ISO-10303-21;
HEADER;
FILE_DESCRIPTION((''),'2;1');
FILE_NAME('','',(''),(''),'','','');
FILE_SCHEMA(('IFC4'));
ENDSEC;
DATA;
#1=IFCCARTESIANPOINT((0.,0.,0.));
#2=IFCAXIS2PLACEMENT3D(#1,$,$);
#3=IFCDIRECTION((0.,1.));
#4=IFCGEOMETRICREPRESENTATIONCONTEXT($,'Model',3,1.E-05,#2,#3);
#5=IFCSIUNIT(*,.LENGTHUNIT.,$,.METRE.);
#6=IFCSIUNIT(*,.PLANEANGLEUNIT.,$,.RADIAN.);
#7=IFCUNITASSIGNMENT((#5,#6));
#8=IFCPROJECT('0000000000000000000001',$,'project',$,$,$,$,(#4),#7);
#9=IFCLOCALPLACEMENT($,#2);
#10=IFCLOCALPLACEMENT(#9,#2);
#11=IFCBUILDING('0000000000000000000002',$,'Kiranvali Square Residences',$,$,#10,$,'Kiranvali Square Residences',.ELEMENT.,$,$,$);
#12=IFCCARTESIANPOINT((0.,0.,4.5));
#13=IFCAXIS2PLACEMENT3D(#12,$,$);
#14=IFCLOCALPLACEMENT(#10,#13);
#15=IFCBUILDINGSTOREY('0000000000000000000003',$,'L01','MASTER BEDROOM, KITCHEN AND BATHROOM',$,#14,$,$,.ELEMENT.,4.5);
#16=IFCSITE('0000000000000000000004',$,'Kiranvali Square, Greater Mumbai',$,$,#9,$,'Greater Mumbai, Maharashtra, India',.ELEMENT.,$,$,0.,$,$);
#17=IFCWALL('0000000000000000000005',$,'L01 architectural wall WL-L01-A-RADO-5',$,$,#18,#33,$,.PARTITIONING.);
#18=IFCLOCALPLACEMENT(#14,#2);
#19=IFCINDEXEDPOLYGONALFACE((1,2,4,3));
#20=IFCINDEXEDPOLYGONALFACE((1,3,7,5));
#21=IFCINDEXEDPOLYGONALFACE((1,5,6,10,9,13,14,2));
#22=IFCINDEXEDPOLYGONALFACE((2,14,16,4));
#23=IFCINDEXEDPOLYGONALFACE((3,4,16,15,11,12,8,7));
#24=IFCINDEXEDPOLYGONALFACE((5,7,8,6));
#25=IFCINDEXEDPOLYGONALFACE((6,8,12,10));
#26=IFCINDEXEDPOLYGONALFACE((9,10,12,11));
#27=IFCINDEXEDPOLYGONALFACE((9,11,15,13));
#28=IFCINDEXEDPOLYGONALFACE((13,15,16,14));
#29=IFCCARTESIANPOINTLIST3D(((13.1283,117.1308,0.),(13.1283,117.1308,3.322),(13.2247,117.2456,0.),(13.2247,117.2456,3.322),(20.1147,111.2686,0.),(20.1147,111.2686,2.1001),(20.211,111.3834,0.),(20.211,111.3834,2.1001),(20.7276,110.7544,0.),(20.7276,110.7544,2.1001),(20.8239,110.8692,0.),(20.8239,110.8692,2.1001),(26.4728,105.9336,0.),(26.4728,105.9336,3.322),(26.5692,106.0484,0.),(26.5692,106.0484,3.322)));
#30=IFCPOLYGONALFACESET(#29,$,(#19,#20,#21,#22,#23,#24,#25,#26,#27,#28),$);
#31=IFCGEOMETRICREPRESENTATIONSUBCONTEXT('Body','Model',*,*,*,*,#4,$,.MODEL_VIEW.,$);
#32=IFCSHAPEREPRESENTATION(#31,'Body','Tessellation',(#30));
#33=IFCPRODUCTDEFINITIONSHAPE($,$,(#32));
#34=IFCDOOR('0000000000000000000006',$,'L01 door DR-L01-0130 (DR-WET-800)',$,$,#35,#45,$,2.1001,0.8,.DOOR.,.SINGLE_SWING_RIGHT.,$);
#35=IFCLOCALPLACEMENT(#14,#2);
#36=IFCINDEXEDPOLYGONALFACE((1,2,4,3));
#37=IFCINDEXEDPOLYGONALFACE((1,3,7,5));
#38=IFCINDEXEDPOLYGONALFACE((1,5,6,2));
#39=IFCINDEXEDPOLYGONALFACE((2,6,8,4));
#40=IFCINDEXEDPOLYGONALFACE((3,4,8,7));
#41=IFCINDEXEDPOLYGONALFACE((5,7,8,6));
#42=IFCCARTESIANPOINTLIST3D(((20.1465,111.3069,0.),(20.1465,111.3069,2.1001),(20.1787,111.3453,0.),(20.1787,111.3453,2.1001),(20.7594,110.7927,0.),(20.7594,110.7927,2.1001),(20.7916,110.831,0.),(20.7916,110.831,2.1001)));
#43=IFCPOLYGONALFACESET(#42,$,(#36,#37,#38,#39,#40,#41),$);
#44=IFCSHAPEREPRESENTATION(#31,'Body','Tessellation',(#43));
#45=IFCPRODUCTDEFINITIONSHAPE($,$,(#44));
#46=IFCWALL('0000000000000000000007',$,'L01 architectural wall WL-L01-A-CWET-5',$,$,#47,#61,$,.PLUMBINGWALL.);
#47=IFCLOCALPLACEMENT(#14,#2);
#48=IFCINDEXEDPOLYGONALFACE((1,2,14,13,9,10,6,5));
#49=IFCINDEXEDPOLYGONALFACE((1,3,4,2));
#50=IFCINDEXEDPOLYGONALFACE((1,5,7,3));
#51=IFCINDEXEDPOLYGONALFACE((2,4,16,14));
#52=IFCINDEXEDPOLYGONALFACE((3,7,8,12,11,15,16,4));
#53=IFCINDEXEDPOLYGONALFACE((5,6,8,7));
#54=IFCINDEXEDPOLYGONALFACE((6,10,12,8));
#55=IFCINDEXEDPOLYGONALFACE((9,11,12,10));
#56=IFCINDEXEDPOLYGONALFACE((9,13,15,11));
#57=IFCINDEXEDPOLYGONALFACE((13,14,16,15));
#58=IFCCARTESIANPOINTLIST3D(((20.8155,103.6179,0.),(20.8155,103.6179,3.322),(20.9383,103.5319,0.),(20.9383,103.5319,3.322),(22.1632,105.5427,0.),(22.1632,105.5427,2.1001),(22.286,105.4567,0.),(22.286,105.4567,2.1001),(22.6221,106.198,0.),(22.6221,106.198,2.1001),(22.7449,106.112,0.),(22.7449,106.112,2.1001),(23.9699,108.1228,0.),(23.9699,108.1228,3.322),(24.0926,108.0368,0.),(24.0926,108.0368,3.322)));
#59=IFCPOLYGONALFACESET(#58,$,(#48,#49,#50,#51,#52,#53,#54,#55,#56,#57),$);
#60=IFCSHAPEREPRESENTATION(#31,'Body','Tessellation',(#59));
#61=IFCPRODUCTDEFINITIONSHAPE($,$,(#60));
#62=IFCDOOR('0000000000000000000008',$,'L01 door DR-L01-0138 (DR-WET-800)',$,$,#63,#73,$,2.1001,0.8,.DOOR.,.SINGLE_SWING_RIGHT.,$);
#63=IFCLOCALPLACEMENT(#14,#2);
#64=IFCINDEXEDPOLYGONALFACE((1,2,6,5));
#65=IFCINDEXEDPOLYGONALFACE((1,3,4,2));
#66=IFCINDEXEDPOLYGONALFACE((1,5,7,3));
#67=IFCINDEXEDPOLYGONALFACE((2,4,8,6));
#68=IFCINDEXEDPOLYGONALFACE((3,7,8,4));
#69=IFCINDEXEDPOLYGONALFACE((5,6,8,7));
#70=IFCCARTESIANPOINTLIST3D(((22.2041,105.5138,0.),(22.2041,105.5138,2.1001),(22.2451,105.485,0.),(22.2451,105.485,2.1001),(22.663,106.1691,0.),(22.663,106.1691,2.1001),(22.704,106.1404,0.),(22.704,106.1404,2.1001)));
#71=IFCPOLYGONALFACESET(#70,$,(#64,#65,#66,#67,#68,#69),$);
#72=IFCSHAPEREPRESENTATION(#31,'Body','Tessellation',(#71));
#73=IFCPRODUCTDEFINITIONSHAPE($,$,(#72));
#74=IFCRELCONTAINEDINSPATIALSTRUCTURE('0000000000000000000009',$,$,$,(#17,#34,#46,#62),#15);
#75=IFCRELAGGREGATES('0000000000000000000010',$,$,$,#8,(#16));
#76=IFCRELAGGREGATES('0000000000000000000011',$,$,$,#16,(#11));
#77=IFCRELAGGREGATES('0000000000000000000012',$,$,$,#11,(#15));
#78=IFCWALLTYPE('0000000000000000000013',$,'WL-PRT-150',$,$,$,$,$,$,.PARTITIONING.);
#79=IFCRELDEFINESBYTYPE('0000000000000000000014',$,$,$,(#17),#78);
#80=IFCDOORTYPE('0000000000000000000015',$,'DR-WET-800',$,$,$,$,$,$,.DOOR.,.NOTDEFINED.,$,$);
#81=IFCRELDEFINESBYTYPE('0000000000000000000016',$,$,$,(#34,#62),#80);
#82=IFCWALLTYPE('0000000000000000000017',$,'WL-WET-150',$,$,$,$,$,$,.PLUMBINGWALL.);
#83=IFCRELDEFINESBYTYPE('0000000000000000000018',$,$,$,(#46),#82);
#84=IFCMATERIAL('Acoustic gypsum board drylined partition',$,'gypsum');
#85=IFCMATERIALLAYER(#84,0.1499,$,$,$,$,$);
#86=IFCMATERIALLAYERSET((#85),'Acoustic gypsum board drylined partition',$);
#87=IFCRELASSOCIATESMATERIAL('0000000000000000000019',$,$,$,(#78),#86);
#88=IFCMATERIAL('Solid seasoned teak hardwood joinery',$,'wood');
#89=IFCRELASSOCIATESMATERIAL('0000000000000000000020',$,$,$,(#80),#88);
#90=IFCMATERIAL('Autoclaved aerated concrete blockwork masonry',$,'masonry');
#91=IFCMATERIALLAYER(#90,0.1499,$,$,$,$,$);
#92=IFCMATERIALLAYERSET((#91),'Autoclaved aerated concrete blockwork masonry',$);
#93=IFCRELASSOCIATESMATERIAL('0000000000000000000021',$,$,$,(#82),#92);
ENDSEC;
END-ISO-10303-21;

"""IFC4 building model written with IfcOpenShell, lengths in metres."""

from ifc_helpers import new_model, si_unit, direction, frame, frame_2d, origin, place, context, subcontext, project, spatial, rectangle, extrude, material, layer, layer_set, type_object, element, fill, save


model = new_model("IFC4")

# Units and contexts
model_context = context("Model", 3, precision=1e-05, world=origin(), true_north=direction((0.0, 1.0)))
body_context = subcontext(model_context, "Body", "Model", "MODEL_VIEW")
ifc_project = project(units=[si_unit("LENGTHUNIT", "METRE"), si_unit("PLANEANGLEUNIT", "RADIAN")], contexts=[model_context])

# Site, building, storey
site_placement = place(None, origin())
site = spatial("IfcSite", under=ifc_project, at=site_placement, Name="Kiranvali Square, Greater Mumbai", LongName="Greater Mumbai, Maharashtra, India", CompositionType="ELEMENT", RefElevation=0.0)
building_placement = place(site_placement, origin())
building = spatial("IfcBuilding", under=site, at=building_placement, Name="Kiranvali Square Residences", LongName="Kiranvali Square Residences", CompositionType="ELEMENT")
storey_placement = place(building_placement, frame((0.0, 0.0, 4.5)))
storey = spatial("IfcBuildingStorey", under=building, at=storey_placement, Name="L01", Description="MASTER BEDROOM, KITCHEN AND BATHROOM", CompositionType="ELEMENT", Elevation=4.5)

# Shared definitions
ifc_material_1 = material(Name="Autoclaved aerated concrete blockwork masonry", Category="masonry")

# Walls, openings, doors
ifc_material_2 = material(Name="Acoustic gypsum board drylined partition", Category="gypsum")
ifc_layer_1 = layer(ifc_material_2, 0.1499)
ifc_layer_set_1 = layer_set([ifc_layer_1], Name="Acoustic gypsum board drylined partition")
wall_type_1 = type_object("IfcWallType", Name="WL-PRT-150", PredefinedType="PARTITIONING", material=ifc_layer_set_1)
wall_1_placement = place(storey_placement, frame((26.521, 105.991, 0.0), z_axis=(0.0, 0.0, 1.0), x_axis=(-0.766047, 0.642785, 0.0)))
wall_1 = element("IfcWall", 1, at=wall_1_placement, inside=storey, type_object=wall_type_1, Name="L01 architectural wall WL-L01-A-RADO-5", PredefinedType="PARTITIONING", context=body_context, shape_type="SweptSolid", body=[
    extrude(rectangle(XDim=17.4199, YDim=0.1499, at=frame_2d((8.71, 0.0))), origin(), (0.0, 0.0, 1.0), 3.322),
])
opening_1_placement = place(wall_1_placement, frame((7.5, 0.0, 0.0)))
opening_1 = element("IfcOpeningElement", 2, at=opening_1_placement, cuts=wall_1, PredefinedType="OPENING", context=body_context, shape_type="SweptSolid", body=[
    extrude(rectangle(XDim=0.8, YDim=2.1001, at=frame_2d((0.3999, 1.05))), frame((0.0, 0.085, 0.0), z_axis=(0.0, -1.0, 0.0), x_axis=(1.0, 0.0, 0.0)), (0.0, 0.0, 1.0), 0.1699),
])
ifc_material_3 = material(Name="Solid seasoned teak hardwood joinery", Category="wood")
door_type = type_object("IfcDoorType", Name="DR-WET-800", OperationType="NOTDEFINED", PredefinedType="DOOR", material=ifc_material_3)
door_1_placement = place(opening_1_placement, frame((0.8, 0.0, 0.0), z_axis=(0.0, 0.0, 1.0), x_axis=(-1.0, 0.0, 0.0)))
door_1 = element("IfcDoor", 3, at=door_1_placement, inside=storey, type_object=door_type, Name="L01 door DR-L01-0130 (DR-WET-800)", OperationType="SINGLE_SWING_RIGHT", OverallHeight=2.1001, OverallWidth=0.8, PredefinedType="DOOR", context=body_context, shape_type="SweptSolid", body=[
    extrude(rectangle(XDim=0.8, YDim=2.1001, at=frame_2d((0.3999, 1.05))), frame((0.0, 0.0249, 0.0), z_axis=(0.0, -1.0, 0.0), x_axis=(1.0, 0.0, 0.0)), (0.0, 0.0, 1.0), 0.05),
])
fill(opening_1, door_1)
ifc_layer_2 = layer(ifc_material_1, 0.1499)
ifc_layer_set_2 = layer_set([ifc_layer_2], Name="Autoclaved aerated concrete blockwork masonry")
wall_type_2 = type_object("IfcWallType", Name="WL-WET-150", PredefinedType="PLUMBINGWALL", material=ifc_layer_set_2)
wall_2_placement = place(storey_placement, frame((24.0312, 108.0798, 0.0), z_axis=(0.0, 0.0, 1.0), x_axis=(-0.57357, -0.819157, 0.0)))
wall_2 = element("IfcWall", 4, at=wall_2_placement, inside=storey, type_object=wall_type_2, Name="L01 architectural wall WL-L01-A-CWET-5", PredefinedType="PLUMBINGWALL", context=body_context, shape_type="SweptSolid", body=[
    extrude(rectangle(XDim=5.4995, YDim=0.1499, at=frame_2d((2.7498, 0.0))), origin(), (0.0, 0.0, 1.0), 3.322),
])
opening_2_placement = place(wall_2_placement, frame((2.3499, 0.0, 0.0)))
opening_2 = element("IfcOpeningElement", 5, at=opening_2_placement, cuts=wall_2, PredefinedType="OPENING", context=body_context, shape_type="SweptSolid", body=[
    extrude(rectangle(XDim=0.8, YDim=2.1001, at=frame_2d((0.3999, 1.05))), frame((0.0, 0.085, 0.0), z_axis=(0.0, -1.0, 0.0), x_axis=(1.0, 0.0, 0.0)), (0.0, 0.0, 1.0), 0.1699),
])
door_2_placement = place(opening_2_placement, frame((0.8, 0.0, 0.0), z_axis=(0.0, 0.0, 1.0), x_axis=(-1.0, 0.0, 0.0)))
door_2 = element("IfcDoor", 6, at=door_2_placement, inside=storey, type_object=door_type, Name="L01 door DR-L01-0138 (DR-WET-800)", OperationType="SINGLE_SWING_RIGHT", OverallHeight=2.1001, OverallWidth=0.8, PredefinedType="DOOR", context=body_context, shape_type="SweptSolid", body=[
    extrude(rectangle(XDim=0.8, YDim=2.1001, at=frame_2d((0.3999, 1.05))), frame((0.0, 0.0249, 0.0), z_axis=(0.0, -1.0, 0.0), x_axis=(1.0, 0.0, 0.0)), (0.0, 0.0, 1.0), 0.05),
])
fill(opening_2, door_2)

save(model, "model.ifc")
